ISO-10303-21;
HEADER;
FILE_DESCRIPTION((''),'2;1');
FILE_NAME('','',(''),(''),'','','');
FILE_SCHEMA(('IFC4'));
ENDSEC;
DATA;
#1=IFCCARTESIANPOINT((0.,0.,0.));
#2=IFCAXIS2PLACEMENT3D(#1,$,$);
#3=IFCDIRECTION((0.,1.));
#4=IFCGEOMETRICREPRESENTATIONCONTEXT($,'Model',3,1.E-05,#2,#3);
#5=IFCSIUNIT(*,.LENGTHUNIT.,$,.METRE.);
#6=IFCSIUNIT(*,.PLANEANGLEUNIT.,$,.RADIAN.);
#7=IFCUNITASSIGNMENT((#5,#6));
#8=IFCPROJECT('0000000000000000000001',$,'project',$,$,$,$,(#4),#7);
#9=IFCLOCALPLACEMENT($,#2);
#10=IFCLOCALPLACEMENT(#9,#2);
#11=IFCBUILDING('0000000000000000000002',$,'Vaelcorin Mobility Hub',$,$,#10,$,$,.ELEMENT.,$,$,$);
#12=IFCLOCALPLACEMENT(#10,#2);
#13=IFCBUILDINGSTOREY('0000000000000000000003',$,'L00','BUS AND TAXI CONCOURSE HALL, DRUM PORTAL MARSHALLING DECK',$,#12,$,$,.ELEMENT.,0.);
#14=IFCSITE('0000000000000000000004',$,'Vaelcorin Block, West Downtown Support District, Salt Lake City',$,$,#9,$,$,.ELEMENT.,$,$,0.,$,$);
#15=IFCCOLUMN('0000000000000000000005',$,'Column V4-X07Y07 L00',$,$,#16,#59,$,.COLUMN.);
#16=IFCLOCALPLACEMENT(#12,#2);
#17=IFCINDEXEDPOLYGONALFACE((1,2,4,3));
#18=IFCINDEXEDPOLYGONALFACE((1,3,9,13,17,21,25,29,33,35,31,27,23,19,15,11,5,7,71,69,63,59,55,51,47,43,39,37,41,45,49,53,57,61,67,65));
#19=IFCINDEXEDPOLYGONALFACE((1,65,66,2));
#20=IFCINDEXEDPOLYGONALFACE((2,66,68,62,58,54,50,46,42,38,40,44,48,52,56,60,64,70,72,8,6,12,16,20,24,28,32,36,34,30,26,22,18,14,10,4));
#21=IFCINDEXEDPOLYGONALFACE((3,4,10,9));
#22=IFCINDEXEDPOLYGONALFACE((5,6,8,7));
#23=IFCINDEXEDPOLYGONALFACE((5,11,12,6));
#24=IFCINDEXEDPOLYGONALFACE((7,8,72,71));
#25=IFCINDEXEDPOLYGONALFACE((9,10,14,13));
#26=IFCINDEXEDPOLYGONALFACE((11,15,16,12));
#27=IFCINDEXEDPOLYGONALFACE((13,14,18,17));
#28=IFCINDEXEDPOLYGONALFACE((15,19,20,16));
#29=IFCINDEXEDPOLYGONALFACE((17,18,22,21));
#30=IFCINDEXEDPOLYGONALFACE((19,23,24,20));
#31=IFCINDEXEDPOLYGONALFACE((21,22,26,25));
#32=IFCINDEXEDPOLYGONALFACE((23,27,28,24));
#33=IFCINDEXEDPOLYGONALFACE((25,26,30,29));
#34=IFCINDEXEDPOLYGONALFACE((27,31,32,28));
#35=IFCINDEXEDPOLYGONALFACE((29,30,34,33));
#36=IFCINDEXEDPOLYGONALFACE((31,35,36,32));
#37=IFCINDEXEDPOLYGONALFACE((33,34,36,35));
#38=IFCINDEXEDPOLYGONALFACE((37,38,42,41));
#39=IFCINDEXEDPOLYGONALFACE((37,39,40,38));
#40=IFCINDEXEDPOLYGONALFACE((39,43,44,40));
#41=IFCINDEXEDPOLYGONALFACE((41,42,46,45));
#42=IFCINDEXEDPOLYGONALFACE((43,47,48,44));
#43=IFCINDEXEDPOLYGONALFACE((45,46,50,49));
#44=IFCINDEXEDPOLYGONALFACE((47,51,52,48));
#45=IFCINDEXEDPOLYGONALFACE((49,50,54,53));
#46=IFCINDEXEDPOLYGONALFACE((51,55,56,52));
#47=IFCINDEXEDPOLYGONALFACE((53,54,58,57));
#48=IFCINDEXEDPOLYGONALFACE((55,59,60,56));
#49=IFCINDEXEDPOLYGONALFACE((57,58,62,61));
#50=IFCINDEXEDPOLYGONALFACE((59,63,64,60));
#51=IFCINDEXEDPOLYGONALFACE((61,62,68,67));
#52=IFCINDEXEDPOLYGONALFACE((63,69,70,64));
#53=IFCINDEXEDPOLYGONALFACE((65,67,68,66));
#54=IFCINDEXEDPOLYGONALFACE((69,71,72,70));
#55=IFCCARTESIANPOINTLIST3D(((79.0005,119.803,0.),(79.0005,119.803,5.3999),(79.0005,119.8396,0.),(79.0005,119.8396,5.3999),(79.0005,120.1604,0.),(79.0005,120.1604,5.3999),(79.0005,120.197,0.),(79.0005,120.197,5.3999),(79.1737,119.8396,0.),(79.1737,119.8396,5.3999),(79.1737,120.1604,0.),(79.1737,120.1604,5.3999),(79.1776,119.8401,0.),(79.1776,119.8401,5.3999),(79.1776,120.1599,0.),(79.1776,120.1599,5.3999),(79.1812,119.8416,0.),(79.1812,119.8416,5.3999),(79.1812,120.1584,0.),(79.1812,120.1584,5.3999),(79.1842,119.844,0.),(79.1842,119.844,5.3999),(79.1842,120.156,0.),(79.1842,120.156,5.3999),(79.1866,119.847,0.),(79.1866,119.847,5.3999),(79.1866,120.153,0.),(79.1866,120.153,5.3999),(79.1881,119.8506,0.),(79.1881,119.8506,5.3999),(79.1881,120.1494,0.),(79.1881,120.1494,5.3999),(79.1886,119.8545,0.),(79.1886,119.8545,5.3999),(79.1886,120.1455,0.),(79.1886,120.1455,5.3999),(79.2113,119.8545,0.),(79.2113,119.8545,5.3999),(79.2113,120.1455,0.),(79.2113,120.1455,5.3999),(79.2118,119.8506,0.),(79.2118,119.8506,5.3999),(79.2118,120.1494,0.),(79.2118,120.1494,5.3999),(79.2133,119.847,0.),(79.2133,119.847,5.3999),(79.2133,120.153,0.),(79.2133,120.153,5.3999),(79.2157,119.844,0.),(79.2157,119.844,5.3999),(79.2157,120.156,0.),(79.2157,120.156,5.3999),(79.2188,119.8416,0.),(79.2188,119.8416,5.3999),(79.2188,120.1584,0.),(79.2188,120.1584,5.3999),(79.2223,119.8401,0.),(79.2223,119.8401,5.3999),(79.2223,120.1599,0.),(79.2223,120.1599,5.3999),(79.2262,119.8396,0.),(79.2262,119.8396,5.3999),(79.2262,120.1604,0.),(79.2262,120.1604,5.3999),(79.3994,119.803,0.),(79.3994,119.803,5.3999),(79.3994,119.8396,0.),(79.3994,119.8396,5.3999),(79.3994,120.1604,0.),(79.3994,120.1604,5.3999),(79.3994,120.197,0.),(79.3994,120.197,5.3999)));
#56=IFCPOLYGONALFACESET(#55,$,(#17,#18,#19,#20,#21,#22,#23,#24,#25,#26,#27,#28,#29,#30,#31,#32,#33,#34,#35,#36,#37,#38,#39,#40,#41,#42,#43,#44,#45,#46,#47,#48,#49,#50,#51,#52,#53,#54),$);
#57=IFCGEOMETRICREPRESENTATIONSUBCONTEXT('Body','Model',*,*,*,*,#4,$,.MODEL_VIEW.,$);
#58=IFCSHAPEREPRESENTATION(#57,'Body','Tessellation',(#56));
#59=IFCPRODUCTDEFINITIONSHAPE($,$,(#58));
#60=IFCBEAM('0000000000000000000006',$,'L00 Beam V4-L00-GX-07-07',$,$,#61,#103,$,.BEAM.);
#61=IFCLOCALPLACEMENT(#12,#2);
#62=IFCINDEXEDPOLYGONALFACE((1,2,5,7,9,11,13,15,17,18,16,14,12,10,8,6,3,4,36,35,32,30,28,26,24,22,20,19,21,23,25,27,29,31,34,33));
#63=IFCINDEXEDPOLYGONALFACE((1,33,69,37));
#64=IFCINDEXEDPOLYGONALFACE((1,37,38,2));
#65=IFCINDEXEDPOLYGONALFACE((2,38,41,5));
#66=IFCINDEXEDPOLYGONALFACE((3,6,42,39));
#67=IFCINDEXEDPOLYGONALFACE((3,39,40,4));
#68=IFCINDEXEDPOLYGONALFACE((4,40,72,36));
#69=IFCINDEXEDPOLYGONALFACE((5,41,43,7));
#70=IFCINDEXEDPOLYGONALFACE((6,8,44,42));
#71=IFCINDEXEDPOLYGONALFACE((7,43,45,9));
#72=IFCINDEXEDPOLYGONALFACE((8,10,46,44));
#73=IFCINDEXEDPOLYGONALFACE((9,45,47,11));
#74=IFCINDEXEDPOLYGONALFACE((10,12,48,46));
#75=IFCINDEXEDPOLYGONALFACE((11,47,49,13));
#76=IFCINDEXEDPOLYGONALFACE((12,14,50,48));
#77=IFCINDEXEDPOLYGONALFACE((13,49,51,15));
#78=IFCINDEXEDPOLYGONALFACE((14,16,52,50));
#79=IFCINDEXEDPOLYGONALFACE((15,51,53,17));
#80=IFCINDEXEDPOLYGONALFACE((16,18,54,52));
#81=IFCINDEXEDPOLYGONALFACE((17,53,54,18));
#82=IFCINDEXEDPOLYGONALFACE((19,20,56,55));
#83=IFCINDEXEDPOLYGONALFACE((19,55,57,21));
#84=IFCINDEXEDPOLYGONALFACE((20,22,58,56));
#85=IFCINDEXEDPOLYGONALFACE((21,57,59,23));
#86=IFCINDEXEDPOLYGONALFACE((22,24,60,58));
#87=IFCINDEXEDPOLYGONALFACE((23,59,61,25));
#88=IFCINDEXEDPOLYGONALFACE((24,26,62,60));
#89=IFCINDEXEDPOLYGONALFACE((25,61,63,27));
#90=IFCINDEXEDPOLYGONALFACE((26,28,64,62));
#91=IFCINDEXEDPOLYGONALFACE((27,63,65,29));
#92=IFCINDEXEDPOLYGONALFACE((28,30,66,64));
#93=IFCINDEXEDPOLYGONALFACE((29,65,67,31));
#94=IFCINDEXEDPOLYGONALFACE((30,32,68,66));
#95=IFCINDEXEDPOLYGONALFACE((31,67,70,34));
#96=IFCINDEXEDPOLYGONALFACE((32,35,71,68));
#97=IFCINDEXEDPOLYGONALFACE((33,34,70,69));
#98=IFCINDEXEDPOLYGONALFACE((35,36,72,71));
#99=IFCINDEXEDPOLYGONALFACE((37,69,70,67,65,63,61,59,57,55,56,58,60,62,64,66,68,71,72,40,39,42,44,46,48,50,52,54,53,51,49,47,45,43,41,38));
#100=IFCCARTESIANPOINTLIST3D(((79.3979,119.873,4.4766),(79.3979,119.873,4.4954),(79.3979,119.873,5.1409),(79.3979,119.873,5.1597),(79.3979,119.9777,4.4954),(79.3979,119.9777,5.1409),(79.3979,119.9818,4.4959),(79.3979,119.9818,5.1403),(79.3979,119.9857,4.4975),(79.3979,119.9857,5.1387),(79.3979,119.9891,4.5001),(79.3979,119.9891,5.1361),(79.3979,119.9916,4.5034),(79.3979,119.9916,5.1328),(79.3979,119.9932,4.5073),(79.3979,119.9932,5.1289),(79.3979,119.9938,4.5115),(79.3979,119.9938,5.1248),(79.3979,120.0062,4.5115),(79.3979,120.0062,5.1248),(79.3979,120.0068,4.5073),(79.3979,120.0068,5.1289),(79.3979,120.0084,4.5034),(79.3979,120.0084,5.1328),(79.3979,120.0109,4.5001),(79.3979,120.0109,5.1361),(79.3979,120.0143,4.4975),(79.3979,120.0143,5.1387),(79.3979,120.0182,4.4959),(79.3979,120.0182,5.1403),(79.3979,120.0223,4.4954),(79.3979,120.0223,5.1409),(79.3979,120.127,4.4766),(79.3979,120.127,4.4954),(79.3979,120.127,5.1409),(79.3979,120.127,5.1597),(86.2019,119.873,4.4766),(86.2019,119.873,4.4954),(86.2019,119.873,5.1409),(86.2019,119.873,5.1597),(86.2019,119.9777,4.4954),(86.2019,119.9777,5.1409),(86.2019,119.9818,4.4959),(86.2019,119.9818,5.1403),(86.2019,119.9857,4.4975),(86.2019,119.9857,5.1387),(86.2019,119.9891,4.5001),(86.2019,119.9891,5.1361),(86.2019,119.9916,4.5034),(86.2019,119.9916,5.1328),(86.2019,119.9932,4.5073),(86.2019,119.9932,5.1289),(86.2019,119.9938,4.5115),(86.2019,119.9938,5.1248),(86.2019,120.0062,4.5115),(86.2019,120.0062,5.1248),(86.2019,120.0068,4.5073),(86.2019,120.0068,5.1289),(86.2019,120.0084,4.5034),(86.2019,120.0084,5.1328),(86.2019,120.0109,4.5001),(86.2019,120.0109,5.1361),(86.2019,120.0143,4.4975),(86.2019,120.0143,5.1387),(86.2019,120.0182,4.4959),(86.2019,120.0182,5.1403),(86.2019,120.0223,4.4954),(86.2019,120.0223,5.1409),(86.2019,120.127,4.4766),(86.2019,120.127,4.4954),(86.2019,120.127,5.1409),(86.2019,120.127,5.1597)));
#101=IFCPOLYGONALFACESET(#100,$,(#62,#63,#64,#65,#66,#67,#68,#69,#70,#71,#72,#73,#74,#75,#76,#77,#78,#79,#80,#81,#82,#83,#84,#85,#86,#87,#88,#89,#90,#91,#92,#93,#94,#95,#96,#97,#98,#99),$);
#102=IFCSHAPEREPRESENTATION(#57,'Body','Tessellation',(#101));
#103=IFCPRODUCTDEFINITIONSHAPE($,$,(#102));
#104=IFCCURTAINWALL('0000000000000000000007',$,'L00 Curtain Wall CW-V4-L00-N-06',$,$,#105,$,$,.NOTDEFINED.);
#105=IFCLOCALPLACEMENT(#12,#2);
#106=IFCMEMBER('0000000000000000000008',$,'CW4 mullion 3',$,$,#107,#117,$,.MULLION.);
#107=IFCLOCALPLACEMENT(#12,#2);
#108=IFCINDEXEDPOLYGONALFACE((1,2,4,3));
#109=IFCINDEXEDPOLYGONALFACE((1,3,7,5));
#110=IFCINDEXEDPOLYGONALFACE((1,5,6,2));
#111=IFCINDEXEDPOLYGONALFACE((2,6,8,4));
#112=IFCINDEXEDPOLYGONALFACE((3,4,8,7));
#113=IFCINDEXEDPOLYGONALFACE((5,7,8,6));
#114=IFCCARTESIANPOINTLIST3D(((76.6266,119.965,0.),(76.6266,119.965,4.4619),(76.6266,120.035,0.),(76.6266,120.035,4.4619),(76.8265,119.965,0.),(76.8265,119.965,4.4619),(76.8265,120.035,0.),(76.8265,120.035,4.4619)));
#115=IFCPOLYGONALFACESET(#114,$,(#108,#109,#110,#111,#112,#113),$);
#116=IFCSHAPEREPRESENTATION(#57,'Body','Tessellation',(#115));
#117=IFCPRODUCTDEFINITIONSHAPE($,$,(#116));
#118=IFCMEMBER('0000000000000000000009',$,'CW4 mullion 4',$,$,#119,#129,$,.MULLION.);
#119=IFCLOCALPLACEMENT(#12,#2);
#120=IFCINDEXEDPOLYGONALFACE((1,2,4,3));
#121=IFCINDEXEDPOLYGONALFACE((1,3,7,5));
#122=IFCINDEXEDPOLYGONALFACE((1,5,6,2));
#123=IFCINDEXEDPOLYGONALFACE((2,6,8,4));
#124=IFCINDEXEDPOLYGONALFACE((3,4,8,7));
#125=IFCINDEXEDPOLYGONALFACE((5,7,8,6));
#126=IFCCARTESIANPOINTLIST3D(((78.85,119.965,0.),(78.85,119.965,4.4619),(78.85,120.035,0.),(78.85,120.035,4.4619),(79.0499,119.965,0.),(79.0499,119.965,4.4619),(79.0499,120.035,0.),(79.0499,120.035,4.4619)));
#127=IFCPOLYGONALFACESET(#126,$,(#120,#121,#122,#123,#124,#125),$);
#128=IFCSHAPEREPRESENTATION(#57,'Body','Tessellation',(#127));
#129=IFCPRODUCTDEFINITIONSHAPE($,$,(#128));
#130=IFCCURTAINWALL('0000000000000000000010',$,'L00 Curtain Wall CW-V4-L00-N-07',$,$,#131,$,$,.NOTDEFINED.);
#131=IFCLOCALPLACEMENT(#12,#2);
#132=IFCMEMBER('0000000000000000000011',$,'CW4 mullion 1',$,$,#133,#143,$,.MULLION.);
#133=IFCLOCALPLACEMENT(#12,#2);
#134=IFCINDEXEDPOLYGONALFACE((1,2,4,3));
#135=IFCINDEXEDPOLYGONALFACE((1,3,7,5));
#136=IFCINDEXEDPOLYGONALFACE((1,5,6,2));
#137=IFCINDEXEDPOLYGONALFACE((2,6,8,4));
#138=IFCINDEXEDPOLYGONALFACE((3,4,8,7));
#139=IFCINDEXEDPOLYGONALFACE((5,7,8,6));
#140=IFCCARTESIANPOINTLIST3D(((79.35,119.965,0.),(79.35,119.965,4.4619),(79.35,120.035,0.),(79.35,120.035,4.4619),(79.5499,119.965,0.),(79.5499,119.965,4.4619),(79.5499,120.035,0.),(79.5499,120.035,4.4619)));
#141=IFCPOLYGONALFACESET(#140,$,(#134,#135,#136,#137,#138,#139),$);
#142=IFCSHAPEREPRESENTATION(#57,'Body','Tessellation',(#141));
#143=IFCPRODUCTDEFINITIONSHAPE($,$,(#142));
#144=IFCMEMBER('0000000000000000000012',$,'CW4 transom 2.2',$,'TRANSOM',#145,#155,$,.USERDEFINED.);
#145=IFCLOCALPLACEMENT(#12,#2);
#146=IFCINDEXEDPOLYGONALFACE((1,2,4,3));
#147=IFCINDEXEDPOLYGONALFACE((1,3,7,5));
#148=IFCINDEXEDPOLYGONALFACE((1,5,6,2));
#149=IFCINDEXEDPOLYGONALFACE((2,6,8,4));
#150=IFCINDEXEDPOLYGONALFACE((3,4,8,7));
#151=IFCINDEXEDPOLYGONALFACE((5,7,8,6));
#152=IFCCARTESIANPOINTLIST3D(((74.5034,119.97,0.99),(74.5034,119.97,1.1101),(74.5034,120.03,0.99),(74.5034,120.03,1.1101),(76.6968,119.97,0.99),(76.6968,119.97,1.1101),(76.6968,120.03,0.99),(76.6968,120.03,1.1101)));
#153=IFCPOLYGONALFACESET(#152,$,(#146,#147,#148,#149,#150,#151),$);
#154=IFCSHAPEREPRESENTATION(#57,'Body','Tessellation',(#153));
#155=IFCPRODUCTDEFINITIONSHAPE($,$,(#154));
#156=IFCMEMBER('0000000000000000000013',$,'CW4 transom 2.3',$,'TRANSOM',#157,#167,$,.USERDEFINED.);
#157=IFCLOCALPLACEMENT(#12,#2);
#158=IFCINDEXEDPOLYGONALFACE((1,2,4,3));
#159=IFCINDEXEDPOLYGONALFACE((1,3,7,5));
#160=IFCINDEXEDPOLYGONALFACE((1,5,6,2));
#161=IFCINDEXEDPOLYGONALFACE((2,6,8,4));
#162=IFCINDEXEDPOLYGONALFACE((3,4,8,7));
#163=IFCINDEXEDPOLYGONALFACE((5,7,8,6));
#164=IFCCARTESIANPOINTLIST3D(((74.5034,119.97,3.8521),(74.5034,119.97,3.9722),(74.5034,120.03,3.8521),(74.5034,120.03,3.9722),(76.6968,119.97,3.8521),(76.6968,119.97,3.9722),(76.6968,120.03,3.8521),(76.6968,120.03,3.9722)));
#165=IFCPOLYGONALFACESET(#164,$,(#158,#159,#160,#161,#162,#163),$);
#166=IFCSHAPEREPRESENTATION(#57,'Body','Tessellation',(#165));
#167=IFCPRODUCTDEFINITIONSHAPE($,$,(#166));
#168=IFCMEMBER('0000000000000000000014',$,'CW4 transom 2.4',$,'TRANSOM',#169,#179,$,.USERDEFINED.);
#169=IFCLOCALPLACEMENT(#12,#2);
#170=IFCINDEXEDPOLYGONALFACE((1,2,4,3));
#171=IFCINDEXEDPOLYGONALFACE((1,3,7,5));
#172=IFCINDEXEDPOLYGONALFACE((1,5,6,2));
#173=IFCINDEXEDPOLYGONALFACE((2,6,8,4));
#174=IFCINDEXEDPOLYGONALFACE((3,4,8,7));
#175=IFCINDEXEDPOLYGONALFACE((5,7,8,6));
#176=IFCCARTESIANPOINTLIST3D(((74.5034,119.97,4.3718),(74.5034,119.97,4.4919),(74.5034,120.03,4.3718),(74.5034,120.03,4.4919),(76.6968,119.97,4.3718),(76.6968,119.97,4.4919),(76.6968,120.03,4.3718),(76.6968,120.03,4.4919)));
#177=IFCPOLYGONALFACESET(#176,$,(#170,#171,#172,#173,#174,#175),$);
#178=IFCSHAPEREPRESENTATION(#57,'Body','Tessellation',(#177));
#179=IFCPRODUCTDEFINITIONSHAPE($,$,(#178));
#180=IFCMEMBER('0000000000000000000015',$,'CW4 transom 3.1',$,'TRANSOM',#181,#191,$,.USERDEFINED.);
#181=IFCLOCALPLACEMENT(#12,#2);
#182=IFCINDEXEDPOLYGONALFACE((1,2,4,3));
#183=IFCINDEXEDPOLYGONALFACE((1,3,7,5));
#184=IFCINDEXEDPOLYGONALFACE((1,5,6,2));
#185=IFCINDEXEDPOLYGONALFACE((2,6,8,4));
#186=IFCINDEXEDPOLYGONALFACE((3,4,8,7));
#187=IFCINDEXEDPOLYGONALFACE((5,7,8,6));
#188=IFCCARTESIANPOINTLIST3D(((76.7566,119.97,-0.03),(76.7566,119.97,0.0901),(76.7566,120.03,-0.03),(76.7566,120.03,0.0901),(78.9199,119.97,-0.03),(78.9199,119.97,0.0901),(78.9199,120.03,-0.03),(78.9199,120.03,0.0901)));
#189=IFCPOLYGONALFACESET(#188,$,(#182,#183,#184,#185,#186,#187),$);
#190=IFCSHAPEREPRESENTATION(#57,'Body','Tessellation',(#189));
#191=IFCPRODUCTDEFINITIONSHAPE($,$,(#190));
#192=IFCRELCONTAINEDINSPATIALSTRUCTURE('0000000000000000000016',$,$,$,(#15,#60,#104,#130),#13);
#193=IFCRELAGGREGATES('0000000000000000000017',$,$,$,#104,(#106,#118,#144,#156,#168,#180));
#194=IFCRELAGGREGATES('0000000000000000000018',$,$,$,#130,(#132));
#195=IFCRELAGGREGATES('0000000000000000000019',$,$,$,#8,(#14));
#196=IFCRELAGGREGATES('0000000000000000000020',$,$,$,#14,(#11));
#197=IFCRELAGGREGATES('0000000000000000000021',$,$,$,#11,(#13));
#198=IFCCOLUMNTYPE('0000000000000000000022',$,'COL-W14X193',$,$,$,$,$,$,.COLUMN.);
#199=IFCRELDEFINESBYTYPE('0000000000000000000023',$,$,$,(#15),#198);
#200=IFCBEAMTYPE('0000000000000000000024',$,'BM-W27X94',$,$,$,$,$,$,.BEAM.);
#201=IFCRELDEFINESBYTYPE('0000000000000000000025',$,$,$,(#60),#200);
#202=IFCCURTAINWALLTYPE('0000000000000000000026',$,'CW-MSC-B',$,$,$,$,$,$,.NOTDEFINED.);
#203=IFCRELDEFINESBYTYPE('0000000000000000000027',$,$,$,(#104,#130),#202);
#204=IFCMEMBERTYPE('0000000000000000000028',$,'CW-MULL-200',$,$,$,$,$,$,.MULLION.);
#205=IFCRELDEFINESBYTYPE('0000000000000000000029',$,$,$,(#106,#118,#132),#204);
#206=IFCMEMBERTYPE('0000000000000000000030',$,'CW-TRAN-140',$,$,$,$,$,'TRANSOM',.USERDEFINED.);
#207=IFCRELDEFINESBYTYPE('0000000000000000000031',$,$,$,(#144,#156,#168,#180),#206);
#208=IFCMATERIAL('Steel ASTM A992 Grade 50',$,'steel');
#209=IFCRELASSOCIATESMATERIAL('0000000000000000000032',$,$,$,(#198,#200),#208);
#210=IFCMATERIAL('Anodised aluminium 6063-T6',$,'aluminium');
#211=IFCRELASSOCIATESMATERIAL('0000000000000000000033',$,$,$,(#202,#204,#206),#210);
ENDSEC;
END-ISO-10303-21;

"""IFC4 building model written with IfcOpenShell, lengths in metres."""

from ifc_helpers import new_model, si_unit, direction, frame, origin, origin_2d, place, context, subcontext, project, spatial, rectangle, i_section, extrude, material, material_profile, profile_set, type_object, element, aggregate, save


model = new_model("IFC4")

# Units and contexts
model_context = context("Model", 3, precision=1e-05, world=origin(), true_north=direction((0.0, 1.0)))
body_context = subcontext(model_context, "Body", "Model", "MODEL_VIEW")
ifc_project = project(units=[si_unit("LENGTHUNIT", "METRE"), si_unit("PLANEANGLEUNIT", "RADIAN")], contexts=[model_context])

# Site, building, storey
site_placement = place(None, origin())
site = spatial("IfcSite", under=ifc_project, at=site_placement, Name="Vaelcorin Block, West Downtown Support District, Salt Lake City", CompositionType="ELEMENT", RefElevation=0.0)
building_placement = place(site_placement, origin())
building = spatial("IfcBuilding", under=site, at=building_placement, Name="Vaelcorin Mobility Hub", CompositionType="ELEMENT")
storey_placement = place(building_placement, origin())
storey = spatial("IfcBuildingStorey", under=building, at=storey_placement, Name="L00", Description="BUS AND TAXI CONCOURSE HALL, DRUM PORTAL MARSHALLING DECK", CompositionType="ELEMENT", Elevation=0.0)

# Column
ifc_material_1 = material(Name="Steel ASTM A992 Grade 50", Category="steel")
ifc_material_profile_1 = material_profile(ifc_material_1, i_section(OverallWidth=0.3989, OverallDepth=0.394, WebThickness=0.0227, FlangeThickness=0.0366, FilletRadius=0.0149, at=origin_2d()), Name="W14X193")
ifc_profile_set_1 = profile_set([ifc_material_profile_1], Name="Steel ASTM A992 Grade 50")
column_type = type_object("IfcColumnType", Name="COL-W14X193", PredefinedType="COLUMN", material=ifc_profile_set_1)
column_placement = place(storey_placement, frame((79.2, 120.0, 0.0), z_axis=(0.0, 0.0, 1.0), x_axis=(1.0, 0.0, 0.0)))
element("IfcColumn", 1, at=column_placement, inside=storey, type_object=column_type, Name="Column V4-X07Y07 L00", PredefinedType="COLUMN", context=body_context, shape_type="SweptSolid", body=[
    extrude(i_section(OverallWidth=0.3989, OverallDepth=0.394, WebThickness=0.0227, FlangeThickness=0.0366, FilletRadius=0.0149, at=origin_2d()), origin(), (0.0, 0.0, 1.0), 5.3999),
])

# Beam
ifc_material_profile_2 = material_profile(ifc_material_1, i_section(OverallWidth=0.2539, OverallDepth=0.6831, WebThickness=0.0125, FlangeThickness=0.0188, FilletRadius=0.0161, at=origin_2d()), Name="W27X94")
ifc_profile_set_2 = profile_set([ifc_material_profile_2], Name="Steel ASTM A992 Grade 50")
beam_type = type_object("IfcBeamType", Name="BM-W27X94", PredefinedType="BEAM", material=ifc_profile_set_2)
beam_placement = place(storey_placement, frame((79.3979, 120.0, 4.8181), z_axis=(1.0, 0.0, 0.0), x_axis=(0.0, 1.0, 0.0)))
element("IfcBeam", 2, at=beam_placement, inside=storey, type_object=beam_type, Name="L00 Beam V4-L00-GX-07-07", PredefinedType="BEAM", context=body_context, shape_type="SweptSolid", body=[
    extrude(i_section(OverallWidth=0.2539, OverallDepth=0.6831, WebThickness=0.0125, FlangeThickness=0.0188, FilletRadius=0.0161, at=origin_2d()), origin(), (0.0, 0.0, 1.0), 6.804),
])

# Curtain wall, members
ifc_material_2 = material(Name="Anodised aluminium 6063-T6", Category="aluminium")
curtain_wall_type = type_object("IfcCurtainWallType", Name="CW-MSC-B", PredefinedType="NOTDEFINED", material=ifc_material_2)
curtain_wall_1_placement = place(storey_placement, origin())
curtain_wall_1 = element("IfcCurtainWall", 3, at=curtain_wall_1_placement, inside=storey, type_object=curtain_wall_type, Name="L00 Curtain Wall CW-V4-L00-N-06", PredefinedType="NOTDEFINED")
ifc_material_profile_3 = material_profile(ifc_material_2, rectangle(XDim=0.0701, YDim=0.2, at=origin_2d()), Name="ALU-M70X200")
ifc_profile_set_3 = profile_set([ifc_material_profile_3], Name="Anodised aluminium 6063-T6")
member_type_1 = type_object("IfcMemberType", Name="CW-MULL-200", PredefinedType="MULLION", material=ifc_profile_set_3)
member_1_placement = place(storey_placement, frame((76.7266, 120.0, 0.0), z_axis=(0.0, 0.0, 1.0), x_axis=(0.0, 1.0, 0.0)))
member_1 = element("IfcMember", 4, at=member_1_placement, type_object=member_type_1, Name="CW4 mullion 3", PredefinedType="MULLION", context=body_context, shape_type="SweptSolid", body=[
    extrude(rectangle(XDim=0.0701, YDim=0.2, at=origin_2d()), origin(), (0.0, 0.0, 1.0), 4.4619),
])
member_2_placement = place(storey_placement, frame((78.95, 120.0, 0.0), z_axis=(0.0, 0.0, 1.0), x_axis=(0.0, 1.0, 0.0)))
member_2 = element("IfcMember", 5, at=member_2_placement, type_object=member_type_1, Name="CW4 mullion 4", PredefinedType="MULLION", context=body_context, shape_type="SweptSolid", body=[
    extrude(rectangle(XDim=0.0701, YDim=0.2, at=origin_2d()), origin(), (0.0, 0.0, 1.0), 4.4619),
])

# Curtain wall, member
curtain_wall_2_placement = place(storey_placement, origin())
curtain_wall_2 = element("IfcCurtainWall", 6, at=curtain_wall_2_placement, inside=storey, type_object=curtain_wall_type, Name="L00 Curtain Wall CW-V4-L00-N-07", PredefinedType="NOTDEFINED")
member_3_placement = place(storey_placement, frame((79.45, 120.0, 0.0), z_axis=(0.0, 0.0, 1.0), x_axis=(0.0, 1.0, 0.0)))
member_3 = element("IfcMember", 7, at=member_3_placement, type_object=member_type_1, Name="CW4 mullion 1", PredefinedType="MULLION", context=body_context, shape_type="SweptSolid", body=[
    extrude(rectangle(XDim=0.0701, YDim=0.2, at=origin_2d()), origin(), (0.0, 0.0, 1.0), 4.4619),
])

# Members
ifc_material_profile_4 = material_profile(ifc_material_2, rectangle(XDim=0.0601, YDim=0.1201, at=origin_2d()), Name="ALU-T60X120")
ifc_profile_set_4 = profile_set([ifc_material_profile_4], Name="Anodised aluminium 6063-T6")
member_type_2 = type_object("IfcMemberType", Name="CW-TRAN-140", ElementType="TRANSOM", PredefinedType="USERDEFINED", material=ifc_profile_set_4)
member_4_placement = place(storey_placement, frame((74.5034, 120.0, 1.05), z_axis=(1.0, 0.0, 0.0), x_axis=(0.0, 1.0, 0.0)))
member_4 = element("IfcMember", 8, at=member_4_placement, type_object=member_type_2, Name="CW4 transom 2.2", ObjectType="TRANSOM", PredefinedType="USERDEFINED", context=body_context, shape_type="SweptSolid", body=[
    extrude(rectangle(XDim=0.0601, YDim=0.1201, at=origin_2d()), origin(), (0.0, 0.0, 1.0), 2.1934),
])
member_5_placement = place(storey_placement, frame((74.5034, 120.0, 3.9121), z_axis=(1.0, 0.0, 0.0), x_axis=(0.0, 1.0, 0.0)))
member_5 = element("IfcMember", 9, at=member_5_placement, type_object=member_type_2, Name="CW4 transom 2.3", ObjectType="TRANSOM", PredefinedType="USERDEFINED", context=body_context, shape_type="SweptSolid", body=[
    extrude(rectangle(XDim=0.0601, YDim=0.1201, at=origin_2d()), origin(), (0.0, 0.0, 1.0), 2.1934),
])
member_6_placement = place(storey_placement, frame((74.5034, 120.0, 4.4319), z_axis=(1.0, 0.0, 0.0), x_axis=(0.0, 1.0, 0.0)))
member_6 = element("IfcMember", 10, at=member_6_placement, type_object=member_type_2, Name="CW4 transom 2.4", ObjectType="TRANSOM", PredefinedType="USERDEFINED", context=body_context, shape_type="SweptSolid", body=[
    extrude(rectangle(XDim=0.0601, YDim=0.1201, at=origin_2d()), origin(), (0.0, 0.0, 1.0), 2.1934),
])
member_7_placement = place(storey_placement, frame((76.7566, 120.0, 0.03), z_axis=(1.0, 0.0, 0.0), x_axis=(0.0, 1.0, 0.0)))
member_7 = element("IfcMember", 11, at=member_7_placement, type_object=member_type_2, Name="CW4 transom 3.1", ObjectType="TRANSOM", PredefinedType="USERDEFINED", context=body_context, shape_type="SweptSolid", body=[
    extrude(rectangle(XDim=0.0601, YDim=0.1201, at=origin_2d()), origin(), (0.0, 0.0, 1.0), 2.1633),
])

aggregate(curtain_wall_1, [member_1, member_2, member_4, member_5, member_6, member_7])
aggregate(curtain_wall_2, [member_3])

save(model, "model.ifc")
